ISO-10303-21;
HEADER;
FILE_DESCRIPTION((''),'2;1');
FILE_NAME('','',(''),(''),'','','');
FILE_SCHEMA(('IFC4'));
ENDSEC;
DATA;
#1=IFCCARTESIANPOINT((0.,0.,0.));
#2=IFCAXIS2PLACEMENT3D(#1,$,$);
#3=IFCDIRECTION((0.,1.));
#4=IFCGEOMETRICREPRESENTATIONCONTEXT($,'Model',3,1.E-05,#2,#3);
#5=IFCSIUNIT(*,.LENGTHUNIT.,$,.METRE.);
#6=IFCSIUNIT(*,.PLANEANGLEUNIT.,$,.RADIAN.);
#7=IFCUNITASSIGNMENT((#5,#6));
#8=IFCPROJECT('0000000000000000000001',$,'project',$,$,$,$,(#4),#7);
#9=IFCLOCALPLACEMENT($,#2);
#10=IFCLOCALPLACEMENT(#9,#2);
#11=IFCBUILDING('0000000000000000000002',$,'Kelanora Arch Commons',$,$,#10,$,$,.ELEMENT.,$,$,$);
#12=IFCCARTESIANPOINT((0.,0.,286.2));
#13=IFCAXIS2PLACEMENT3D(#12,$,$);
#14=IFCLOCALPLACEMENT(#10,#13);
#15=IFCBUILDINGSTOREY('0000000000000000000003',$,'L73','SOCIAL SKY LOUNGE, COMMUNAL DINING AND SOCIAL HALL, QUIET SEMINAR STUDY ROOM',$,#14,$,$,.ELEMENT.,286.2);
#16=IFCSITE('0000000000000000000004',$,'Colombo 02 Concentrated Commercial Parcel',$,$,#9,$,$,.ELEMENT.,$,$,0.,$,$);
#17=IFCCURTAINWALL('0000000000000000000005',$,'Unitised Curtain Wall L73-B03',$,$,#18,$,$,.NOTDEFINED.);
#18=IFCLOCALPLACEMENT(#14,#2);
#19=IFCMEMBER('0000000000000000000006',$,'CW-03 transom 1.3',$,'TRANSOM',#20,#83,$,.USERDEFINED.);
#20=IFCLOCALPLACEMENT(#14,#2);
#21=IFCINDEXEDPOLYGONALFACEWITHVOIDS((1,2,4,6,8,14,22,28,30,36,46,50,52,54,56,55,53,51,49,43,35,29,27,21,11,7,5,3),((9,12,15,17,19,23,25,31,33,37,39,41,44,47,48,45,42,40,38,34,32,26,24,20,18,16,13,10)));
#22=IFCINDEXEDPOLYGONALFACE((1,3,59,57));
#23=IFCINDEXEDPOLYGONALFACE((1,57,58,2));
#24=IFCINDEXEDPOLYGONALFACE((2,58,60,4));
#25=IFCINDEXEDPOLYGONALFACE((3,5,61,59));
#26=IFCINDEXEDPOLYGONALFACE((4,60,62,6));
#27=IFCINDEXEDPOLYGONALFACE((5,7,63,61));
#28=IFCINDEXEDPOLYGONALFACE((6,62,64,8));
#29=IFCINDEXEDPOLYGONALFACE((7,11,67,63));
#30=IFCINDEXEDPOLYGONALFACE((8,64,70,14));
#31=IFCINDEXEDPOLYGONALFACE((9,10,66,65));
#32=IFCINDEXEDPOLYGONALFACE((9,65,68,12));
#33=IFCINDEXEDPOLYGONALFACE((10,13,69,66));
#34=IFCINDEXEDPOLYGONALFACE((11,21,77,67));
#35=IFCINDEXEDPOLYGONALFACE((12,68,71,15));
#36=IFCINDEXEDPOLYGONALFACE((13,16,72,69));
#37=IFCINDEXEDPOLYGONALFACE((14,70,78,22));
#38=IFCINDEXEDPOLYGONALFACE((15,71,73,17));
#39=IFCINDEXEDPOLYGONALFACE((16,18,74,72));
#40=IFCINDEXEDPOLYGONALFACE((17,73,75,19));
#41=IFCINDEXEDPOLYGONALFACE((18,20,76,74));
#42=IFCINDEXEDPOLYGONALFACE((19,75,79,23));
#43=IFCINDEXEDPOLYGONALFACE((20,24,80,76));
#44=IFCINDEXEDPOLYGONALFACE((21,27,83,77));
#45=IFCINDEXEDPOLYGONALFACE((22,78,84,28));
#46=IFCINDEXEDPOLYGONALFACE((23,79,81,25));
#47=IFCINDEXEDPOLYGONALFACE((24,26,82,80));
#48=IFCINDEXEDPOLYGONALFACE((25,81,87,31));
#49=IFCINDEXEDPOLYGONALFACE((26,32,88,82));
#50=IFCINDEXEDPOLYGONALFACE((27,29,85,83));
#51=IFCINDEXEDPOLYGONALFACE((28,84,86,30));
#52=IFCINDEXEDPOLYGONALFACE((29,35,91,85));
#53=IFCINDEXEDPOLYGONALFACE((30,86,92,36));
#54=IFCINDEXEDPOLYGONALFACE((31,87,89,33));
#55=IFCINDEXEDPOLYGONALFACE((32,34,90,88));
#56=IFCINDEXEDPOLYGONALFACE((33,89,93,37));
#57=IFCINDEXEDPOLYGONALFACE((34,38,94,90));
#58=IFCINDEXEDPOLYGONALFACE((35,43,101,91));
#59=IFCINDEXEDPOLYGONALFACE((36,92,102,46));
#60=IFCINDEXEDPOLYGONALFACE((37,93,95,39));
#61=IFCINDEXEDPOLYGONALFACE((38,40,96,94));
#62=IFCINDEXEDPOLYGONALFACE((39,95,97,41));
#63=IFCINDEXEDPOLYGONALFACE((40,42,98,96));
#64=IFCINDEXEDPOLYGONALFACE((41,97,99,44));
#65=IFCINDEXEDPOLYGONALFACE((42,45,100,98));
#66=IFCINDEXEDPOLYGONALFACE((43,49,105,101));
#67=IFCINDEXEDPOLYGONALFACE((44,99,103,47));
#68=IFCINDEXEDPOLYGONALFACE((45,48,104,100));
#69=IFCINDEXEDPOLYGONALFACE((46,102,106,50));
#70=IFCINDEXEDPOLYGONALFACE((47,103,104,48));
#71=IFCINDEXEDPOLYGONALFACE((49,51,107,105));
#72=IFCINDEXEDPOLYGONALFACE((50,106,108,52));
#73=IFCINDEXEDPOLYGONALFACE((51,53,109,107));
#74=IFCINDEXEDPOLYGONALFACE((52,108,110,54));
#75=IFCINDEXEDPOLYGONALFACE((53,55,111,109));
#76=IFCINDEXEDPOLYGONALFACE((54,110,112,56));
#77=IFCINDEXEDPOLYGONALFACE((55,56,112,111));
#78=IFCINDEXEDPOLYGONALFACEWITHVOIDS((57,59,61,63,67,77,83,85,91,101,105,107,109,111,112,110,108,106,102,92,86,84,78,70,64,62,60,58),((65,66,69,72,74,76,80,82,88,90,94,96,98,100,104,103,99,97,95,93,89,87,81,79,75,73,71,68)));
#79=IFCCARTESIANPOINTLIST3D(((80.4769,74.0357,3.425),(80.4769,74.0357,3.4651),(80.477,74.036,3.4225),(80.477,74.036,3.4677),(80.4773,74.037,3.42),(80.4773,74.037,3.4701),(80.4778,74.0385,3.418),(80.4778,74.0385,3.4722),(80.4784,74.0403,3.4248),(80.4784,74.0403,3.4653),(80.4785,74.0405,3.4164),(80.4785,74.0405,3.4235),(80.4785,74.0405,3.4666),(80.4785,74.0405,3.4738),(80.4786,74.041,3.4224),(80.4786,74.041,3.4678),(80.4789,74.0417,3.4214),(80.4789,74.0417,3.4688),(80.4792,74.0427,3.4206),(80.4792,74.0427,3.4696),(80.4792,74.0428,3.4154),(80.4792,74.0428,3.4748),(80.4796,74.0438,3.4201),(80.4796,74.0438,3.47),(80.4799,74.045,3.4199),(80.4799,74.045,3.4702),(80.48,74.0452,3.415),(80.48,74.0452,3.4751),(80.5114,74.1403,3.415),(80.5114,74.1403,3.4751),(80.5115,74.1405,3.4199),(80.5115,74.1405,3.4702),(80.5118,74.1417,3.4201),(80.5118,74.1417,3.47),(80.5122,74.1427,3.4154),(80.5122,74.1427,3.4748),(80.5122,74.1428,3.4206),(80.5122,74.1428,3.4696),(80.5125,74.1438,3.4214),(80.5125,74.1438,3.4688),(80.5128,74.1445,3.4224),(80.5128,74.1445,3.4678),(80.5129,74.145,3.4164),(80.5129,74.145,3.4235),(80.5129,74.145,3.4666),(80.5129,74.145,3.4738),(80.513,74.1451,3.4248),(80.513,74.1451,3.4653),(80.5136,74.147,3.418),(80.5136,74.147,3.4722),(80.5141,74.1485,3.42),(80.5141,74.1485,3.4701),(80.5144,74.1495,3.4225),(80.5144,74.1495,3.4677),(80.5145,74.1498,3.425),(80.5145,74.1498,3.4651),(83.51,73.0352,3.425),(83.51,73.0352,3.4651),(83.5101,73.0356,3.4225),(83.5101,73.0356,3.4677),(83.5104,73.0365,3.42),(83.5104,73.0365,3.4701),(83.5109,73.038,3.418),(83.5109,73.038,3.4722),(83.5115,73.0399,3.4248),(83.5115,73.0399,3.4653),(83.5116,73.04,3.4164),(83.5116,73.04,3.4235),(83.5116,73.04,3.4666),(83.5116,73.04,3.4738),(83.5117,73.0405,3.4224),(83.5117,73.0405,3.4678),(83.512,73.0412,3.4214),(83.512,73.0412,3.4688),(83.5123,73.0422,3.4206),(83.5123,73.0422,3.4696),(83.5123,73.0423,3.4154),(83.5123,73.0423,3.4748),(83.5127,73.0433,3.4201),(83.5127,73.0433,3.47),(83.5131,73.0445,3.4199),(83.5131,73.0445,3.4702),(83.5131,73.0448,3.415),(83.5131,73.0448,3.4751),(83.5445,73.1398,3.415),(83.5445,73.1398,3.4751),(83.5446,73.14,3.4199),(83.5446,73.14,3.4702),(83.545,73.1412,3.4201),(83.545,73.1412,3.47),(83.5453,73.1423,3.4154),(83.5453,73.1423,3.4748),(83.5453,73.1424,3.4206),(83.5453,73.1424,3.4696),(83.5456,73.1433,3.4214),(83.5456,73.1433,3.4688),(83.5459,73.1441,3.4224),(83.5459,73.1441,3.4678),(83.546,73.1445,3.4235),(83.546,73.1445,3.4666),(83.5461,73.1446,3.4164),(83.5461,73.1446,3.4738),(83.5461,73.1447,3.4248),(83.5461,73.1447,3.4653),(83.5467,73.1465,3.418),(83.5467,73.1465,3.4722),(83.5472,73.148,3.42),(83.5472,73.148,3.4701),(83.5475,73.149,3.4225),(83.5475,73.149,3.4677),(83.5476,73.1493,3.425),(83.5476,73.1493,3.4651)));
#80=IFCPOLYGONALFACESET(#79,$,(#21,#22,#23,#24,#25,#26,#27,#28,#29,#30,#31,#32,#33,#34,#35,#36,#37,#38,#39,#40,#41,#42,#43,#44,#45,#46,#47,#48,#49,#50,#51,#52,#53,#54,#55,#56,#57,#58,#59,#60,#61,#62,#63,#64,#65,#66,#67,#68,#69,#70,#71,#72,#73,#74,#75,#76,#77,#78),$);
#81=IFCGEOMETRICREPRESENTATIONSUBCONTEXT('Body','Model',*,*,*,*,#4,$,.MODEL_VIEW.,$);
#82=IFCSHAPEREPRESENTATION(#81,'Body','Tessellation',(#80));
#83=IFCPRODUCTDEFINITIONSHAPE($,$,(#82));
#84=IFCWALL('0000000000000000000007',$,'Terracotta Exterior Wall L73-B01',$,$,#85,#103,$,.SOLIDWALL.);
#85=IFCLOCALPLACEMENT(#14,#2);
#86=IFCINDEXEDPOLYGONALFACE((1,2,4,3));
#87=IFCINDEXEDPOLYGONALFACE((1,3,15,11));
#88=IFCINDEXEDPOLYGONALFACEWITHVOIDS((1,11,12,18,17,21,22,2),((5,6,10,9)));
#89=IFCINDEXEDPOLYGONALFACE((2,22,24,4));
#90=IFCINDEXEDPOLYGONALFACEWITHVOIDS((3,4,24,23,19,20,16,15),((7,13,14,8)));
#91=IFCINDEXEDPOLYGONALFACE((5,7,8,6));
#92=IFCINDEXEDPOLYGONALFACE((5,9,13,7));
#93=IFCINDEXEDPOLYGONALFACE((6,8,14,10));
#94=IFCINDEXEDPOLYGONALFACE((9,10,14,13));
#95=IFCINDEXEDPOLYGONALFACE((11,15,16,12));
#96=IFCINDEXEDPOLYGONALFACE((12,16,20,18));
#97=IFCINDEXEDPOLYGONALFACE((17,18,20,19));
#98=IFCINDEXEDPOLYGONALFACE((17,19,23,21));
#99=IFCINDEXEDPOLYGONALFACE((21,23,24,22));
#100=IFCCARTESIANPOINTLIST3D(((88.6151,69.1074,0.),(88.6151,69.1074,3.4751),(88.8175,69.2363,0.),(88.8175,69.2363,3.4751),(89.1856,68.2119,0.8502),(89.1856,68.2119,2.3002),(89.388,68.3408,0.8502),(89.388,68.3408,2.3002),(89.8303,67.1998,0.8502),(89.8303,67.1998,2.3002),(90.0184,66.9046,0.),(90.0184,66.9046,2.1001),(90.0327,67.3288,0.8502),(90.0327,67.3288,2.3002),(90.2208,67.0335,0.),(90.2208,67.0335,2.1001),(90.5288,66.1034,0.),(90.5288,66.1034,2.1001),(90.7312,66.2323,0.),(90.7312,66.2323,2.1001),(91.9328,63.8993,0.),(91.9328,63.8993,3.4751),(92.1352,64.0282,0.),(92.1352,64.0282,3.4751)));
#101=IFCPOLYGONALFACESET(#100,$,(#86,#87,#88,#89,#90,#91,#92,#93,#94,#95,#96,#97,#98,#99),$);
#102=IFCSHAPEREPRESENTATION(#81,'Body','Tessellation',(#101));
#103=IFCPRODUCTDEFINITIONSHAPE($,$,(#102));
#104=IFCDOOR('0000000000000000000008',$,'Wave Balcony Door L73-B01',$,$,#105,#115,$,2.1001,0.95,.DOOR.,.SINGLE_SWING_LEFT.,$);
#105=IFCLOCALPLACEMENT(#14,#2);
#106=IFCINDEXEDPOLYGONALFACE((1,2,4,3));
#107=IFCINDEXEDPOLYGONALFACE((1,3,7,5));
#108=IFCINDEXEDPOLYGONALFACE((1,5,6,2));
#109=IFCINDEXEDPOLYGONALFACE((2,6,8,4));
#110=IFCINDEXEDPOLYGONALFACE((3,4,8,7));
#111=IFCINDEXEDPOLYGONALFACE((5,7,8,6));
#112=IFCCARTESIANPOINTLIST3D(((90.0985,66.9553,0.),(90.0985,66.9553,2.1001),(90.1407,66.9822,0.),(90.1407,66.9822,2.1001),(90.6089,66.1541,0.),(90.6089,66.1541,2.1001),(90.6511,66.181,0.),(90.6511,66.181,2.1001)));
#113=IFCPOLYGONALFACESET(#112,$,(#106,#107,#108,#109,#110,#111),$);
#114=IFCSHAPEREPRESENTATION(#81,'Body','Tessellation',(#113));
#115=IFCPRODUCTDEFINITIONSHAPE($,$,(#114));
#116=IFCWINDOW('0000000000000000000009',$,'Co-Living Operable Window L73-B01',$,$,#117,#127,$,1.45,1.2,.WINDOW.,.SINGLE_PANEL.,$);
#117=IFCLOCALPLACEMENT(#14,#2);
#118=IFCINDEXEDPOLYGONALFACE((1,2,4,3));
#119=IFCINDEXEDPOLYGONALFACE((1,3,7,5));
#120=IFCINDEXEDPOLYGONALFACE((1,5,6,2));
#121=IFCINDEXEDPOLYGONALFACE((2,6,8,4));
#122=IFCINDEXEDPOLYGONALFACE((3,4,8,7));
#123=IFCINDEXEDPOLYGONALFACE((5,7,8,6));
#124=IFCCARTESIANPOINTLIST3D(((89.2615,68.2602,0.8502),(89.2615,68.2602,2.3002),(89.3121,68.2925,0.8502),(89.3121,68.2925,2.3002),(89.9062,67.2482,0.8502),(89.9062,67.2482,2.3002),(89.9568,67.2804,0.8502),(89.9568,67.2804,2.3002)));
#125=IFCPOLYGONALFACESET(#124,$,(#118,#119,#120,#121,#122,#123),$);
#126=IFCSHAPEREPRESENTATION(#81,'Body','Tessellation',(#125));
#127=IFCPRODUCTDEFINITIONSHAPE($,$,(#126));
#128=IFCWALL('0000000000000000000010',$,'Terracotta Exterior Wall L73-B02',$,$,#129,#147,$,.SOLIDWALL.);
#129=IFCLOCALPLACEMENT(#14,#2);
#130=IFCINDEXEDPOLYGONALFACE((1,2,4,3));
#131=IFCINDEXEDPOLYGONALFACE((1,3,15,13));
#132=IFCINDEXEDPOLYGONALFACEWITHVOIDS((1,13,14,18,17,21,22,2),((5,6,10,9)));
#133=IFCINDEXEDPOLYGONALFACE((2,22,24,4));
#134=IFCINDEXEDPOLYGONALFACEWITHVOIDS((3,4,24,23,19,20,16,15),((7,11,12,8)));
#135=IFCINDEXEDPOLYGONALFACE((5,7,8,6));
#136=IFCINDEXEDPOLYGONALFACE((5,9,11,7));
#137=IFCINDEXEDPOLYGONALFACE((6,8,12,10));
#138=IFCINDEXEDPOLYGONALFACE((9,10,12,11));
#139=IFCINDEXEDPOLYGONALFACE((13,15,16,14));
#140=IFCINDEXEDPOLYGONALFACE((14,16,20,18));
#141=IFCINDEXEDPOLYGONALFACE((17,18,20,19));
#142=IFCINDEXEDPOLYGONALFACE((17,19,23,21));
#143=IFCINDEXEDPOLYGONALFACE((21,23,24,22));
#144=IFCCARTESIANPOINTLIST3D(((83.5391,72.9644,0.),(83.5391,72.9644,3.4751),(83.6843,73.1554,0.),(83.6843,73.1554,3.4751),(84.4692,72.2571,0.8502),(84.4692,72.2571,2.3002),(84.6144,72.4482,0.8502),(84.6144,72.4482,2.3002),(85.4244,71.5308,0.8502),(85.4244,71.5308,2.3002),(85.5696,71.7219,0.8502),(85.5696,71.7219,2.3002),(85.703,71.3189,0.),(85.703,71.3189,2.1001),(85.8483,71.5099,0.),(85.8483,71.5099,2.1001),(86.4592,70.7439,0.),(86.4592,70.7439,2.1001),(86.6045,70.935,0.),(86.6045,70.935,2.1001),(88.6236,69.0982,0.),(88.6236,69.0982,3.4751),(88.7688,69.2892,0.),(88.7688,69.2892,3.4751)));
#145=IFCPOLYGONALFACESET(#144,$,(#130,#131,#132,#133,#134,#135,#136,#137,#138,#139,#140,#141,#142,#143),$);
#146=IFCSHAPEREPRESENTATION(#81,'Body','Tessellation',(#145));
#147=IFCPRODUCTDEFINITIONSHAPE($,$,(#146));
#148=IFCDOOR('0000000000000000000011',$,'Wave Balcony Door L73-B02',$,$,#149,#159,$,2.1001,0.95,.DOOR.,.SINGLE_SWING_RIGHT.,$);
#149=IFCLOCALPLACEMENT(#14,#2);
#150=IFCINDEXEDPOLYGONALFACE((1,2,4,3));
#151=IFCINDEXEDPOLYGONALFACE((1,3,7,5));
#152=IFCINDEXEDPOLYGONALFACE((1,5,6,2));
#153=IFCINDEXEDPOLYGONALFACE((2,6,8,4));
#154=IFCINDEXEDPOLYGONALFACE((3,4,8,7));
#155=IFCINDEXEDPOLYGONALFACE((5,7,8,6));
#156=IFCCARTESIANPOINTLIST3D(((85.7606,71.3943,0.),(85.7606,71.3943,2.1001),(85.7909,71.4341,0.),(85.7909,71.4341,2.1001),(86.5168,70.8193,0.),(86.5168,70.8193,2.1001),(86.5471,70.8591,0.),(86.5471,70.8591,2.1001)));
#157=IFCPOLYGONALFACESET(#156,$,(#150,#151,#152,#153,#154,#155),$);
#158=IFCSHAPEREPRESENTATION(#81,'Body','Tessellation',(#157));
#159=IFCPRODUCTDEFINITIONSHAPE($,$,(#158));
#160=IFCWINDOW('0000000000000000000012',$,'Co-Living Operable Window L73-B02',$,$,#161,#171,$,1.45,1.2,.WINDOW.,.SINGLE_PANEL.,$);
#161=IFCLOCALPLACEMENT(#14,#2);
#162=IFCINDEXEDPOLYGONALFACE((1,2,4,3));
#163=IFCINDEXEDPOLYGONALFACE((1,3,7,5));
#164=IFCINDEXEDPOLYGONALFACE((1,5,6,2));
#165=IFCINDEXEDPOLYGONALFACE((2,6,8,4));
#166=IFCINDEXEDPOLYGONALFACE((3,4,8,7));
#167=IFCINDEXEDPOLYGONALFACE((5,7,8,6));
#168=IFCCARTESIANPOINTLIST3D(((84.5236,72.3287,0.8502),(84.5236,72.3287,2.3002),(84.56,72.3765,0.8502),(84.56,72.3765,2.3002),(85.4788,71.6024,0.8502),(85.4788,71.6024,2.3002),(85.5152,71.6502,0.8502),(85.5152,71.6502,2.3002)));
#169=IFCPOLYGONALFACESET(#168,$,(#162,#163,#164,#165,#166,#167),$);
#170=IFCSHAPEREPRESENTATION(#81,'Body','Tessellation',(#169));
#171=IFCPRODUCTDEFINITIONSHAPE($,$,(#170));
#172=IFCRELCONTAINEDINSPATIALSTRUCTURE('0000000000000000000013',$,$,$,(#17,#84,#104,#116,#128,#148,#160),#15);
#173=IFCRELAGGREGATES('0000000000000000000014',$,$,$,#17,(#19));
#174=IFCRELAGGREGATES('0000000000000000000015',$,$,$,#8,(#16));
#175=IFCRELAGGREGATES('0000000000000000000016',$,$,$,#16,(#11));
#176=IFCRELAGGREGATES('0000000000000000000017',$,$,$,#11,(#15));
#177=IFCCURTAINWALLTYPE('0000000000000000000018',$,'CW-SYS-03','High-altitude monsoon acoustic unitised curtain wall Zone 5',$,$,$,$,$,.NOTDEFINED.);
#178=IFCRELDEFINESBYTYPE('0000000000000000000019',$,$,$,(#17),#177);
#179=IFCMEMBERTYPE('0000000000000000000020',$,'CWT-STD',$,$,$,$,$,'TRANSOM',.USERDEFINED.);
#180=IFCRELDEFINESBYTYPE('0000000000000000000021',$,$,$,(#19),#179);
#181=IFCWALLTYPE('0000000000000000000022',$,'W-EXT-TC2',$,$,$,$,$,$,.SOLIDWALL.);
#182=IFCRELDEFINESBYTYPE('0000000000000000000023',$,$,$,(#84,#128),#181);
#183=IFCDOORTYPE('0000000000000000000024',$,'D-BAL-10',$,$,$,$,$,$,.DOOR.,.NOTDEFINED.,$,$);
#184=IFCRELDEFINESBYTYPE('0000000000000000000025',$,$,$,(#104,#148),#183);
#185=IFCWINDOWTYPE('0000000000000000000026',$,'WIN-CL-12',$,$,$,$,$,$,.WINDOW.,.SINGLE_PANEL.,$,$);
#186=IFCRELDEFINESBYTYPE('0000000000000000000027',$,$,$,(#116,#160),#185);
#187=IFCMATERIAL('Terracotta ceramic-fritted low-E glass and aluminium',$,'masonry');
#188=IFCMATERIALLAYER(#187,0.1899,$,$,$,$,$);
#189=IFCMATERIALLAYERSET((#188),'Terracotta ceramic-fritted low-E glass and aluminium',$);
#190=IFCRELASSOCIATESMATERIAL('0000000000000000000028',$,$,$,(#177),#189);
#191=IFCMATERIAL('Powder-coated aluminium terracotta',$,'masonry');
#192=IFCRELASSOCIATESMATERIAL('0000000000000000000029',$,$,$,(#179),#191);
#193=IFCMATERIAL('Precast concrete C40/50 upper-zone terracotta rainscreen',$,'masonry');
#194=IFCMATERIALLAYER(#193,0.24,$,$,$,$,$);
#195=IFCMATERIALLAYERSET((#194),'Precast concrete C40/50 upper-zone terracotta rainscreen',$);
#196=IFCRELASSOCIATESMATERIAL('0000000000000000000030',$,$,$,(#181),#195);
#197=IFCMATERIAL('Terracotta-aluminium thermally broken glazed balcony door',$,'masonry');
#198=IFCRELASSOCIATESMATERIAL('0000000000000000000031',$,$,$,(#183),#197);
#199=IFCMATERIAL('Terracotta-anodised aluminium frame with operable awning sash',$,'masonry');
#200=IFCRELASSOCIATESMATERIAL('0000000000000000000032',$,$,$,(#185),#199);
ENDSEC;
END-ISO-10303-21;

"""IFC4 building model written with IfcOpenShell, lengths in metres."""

from ifc_helpers import new_model, si_unit, direction, frame, frame_2d, origin, origin_2d, place, context, subcontext, project, spatial, rectangle, hollow_rectangle, extrude, material, layer, layer_set, material_profile, profile_set, type_object, element, fill, aggregate, save


model = new_model("IFC4")

# Units and contexts
model_context = context("Model", 3, precision=1e-05, world=origin(), true_north=direction((0.0, 1.0)))
body_context = subcontext(model_context, "Body", "Model", "MODEL_VIEW")
ifc_project = project(units=[si_unit("LENGTHUNIT", "METRE"), si_unit("PLANEANGLEUNIT", "RADIAN")], contexts=[model_context])

# Site, building, storey
site_placement = place(None, origin())
site = spatial("IfcSite", under=ifc_project, at=site_placement, Name="Colombo 02 Concentrated Commercial Parcel", CompositionType="ELEMENT", RefElevation=0.0)
building_placement = place(site_placement, origin())
building = spatial("IfcBuilding", under=site, at=building_placement, Name="Kelanora Arch Commons", CompositionType="ELEMENT")
storey_placement = place(building_placement, frame((0.0, 0.0, 286.2)))
storey = spatial("IfcBuildingStorey", under=building, at=storey_placement, Name="L73", Description="SOCIAL SKY LOUNGE, COMMUNAL DINING AND SOCIAL HALL, QUIET SEMINAR STUDY ROOM", CompositionType="ELEMENT", Elevation=286.2)

# Shared definitions
ifc_material_1 = material(Name="Terracotta ceramic-fritted low-E glass and aluminium", Category="masonry")
ifc_layer_1 = layer(ifc_material_1, 0.1899)
ifc_layer_set_1 = layer_set([ifc_layer_1], Name="Terracotta ceramic-fritted low-E glass and aluminium")
curtain_wall_type = type_object("IfcCurtainWallType", Name="CW-SYS-03", Description="High-altitude monsoon acoustic unitised curtain wall Zone 5", PredefinedType="NOTDEFINED", material=ifc_layer_set_1)
ifc_material_2 = material(Name="Powder-coated aluminium terracotta", Category="masonry")

# Curtain wall, member
curtain_wall_1_placement = place(storey_placement, origin())
curtain_wall_1 = element("IfcCurtainWall", 1, at=curtain_wall_1_placement, inside=storey, type_object=curtain_wall_type, Name="Unitised Curtain Wall L73-B03", PredefinedType="NOTDEFINED")
ifc_material_profile_1 = material_profile(ifc_material_2, hollow_rectangle(XDim=0.1201, YDim=0.0601, WallThickness=0.0049, InnerFilletRadius=0.0049, OuterFilletRadius=0.01, at=origin_2d()), Name="CWT120x60")
ifc_profile_set_1 = profile_set([ifc_material_profile_1], Name="Powder-coated aluminium terracotta")
member_type_1 = type_object("IfcMemberType", Name="CWT-STD", ElementType="TRANSOM", PredefinedType="USERDEFINED", material=ifc_profile_set_1)
member_1_placement = place(storey_placement, frame((83.5288, 73.0923, 3.4451), z_axis=(-0.949672, 0.313245, 0.0), x_axis=(-0.313245, -0.949672, 0.0)))
member_1 = element("IfcMember", 2, at=member_1_placement, type_object=member_type_1, Name="CW-03 transom 1.3", ObjectType="TRANSOM", PredefinedType="USERDEFINED", context=body_context, shape_type="SweptSolid", body=[
    extrude(hollow_rectangle(XDim=0.1201, YDim=0.0601, WallThickness=0.0049, InnerFilletRadius=0.0049, OuterFilletRadius=0.01, at=origin_2d()), origin(), (0.0, 0.0, 1.0), 3.1938),
])
aggregate(curtain_wall_1, [member_1])

# Walls, openings, doors, windows
ifc_material_3 = material(Name="Precast concrete C40/50 upper-zone terracotta rainscreen", Category="masonry")
ifc_layer_2 = layer(ifc_material_3, 0.24)
ifc_layer_set_2 = layer_set([ifc_layer_2], Name="Precast concrete C40/50 upper-zone terracotta rainscreen")
wall_type_1 = type_object("IfcWallType", Name="W-EXT-TC2", PredefinedType="SOLIDWALL", material=ifc_layer_set_2)
wall_1_placement = place(storey_placement, frame((92.0339, 63.9639, 0.0), z_axis=(0.0, 0.0, 1.0), x_axis=(-0.537272, 0.843409, 0.0)))
wall_1 = element("IfcWall", 3, at=wall_1_placement, inside=storey, type_object=wall_type_1, Name="Terracotta Exterior Wall L73-B01", PredefinedType="SOLIDWALL", context=body_context, shape_type="SweptSolid", body=[
    extrude(rectangle(XDim=6.175, YDim=0.24, at=frame_2d((3.0874, 0.0))), origin(), (0.0, 0.0, 1.0), 3.4751),
])
opening_1_placement = place(wall_1_placement, frame((2.613, 0.0, 0.0)))
opening_1 = element("IfcOpeningElement", 4, at=opening_1_placement, cuts=wall_1, PredefinedType="OPENING", context=body_context, shape_type="SweptSolid", body=[
    extrude(rectangle(XDim=0.95, YDim=2.1001, at=frame_2d((0.4751, 1.05))), frame((0.0, 0.1299, 0.0), z_axis=(0.0, -1.0, 0.0), x_axis=(1.0, 0.0, 0.0)), (0.0, 0.0, 1.0), 0.26),
])
opening_2_placement = place(wall_1_placement, frame((3.9131, 0.0, 0.8501)))
opening_2 = element("IfcOpeningElement", 5, at=opening_2_placement, cuts=wall_1, PredefinedType="OPENING", context=body_context, shape_type="SweptSolid", body=[
    extrude(rectangle(XDim=1.2, YDim=1.45, at=frame_2d((0.6001, 0.7251))), frame((0.0, 0.1299, 0.0), z_axis=(0.0, -1.0, 0.0), x_axis=(1.0, 0.0, 0.0)), (0.0, 0.0, 1.0), 0.26),
])
ifc_material_4 = material(Name="Terracotta-aluminium thermally broken glazed balcony door", Category="masonry")
door_type = type_object("IfcDoorType", Name="D-BAL-10", OperationType="NOTDEFINED", PredefinedType="DOOR", material=ifc_material_4)
door_1_placement = place(opening_1_placement, frame((0.95, 0.0, 0.0), z_axis=(0.0, 0.0, 1.0), x_axis=(-1.0, 0.0, 0.0)))
door_1 = element("IfcDoor", 6, at=door_1_placement, inside=storey, type_object=door_type, Name="Wave Balcony Door L73-B01", OperationType="SINGLE_SWING_LEFT", OverallHeight=2.1001, OverallWidth=0.95, PredefinedType="DOOR", context=body_context, shape_type="SweptSolid", body=[
    extrude(rectangle(XDim=0.95, YDim=2.1001, at=frame_2d((0.4751, 1.05))), frame((0.0, 0.0249, 0.0), z_axis=(0.0, -1.0, 0.0), x_axis=(1.0, 0.0, 0.0)), (0.0, 0.0, 1.0), 0.05),
])
fill(opening_1, door_1)
ifc_material_5 = material(Name="Terracotta-anodised aluminium frame with operable awning sash", Category="masonry")
window_type = type_object("IfcWindowType", Name="WIN-CL-12", PartitioningType="SINGLE_PANEL", PredefinedType="WINDOW", material=ifc_material_5)
window_1_placement = place(opening_2_placement, origin())
window_1 = element("IfcWindow", 7, at=window_1_placement, inside=storey, type_object=window_type, Name="Co-Living Operable Window L73-B01", OverallHeight=1.45, OverallWidth=1.2, PartitioningType="SINGLE_PANEL", PredefinedType="WINDOW", context=body_context, shape_type="SweptSolid", body=[
    extrude(rectangle(XDim=1.2, YDim=1.45, at=frame_2d((0.6001, 0.7251))), frame((0.0, 0.03, 0.0), z_axis=(0.0, -1.0, 0.0), x_axis=(1.0, 0.0, 0.0)), (0.0, 0.0, 1.0), 0.0601),
])
fill(opening_2, window_1)
wall_2_placement = place(storey_placement, frame((88.6963, 69.1936, 0.0), z_axis=(0.0, 0.0, 1.0), x_axis=(-0.79601, 0.605283, 0.0)))
wall_2 = element("IfcWall", 8, at=wall_2_placement, inside=storey, type_object=wall_type_1, Name="Terracotta Exterior Wall L73-B02", PredefinedType="SOLIDWALL", context=body_context, shape_type="SweptSolid", body=[
    extrude(rectangle(XDim=6.3875, YDim=0.24, at=frame_2d((3.1938, 0.0))), origin(), (0.0, 0.0, 1.0), 3.4751),
])
opening_3_placement = place(wall_2_placement, frame((2.719, 0.0, 0.0)))
opening_3 = element("IfcOpeningElement", 9, at=opening_3_placement, cuts=wall_2, PredefinedType="OPENING", context=body_context, shape_type="SweptSolid", body=[
    extrude(rectangle(XDim=0.95, YDim=2.1001, at=frame_2d((0.4751, 1.05))), frame((0.0, 0.1299, 0.0), z_axis=(0.0, -1.0, 0.0), x_axis=(1.0, 0.0, 0.0)), (0.0, 0.0, 1.0), 0.26),
])
opening_4_placement = place(wall_2_placement, frame((4.019, 0.0, 0.8501)))
opening_4 = element("IfcOpeningElement", 10, at=opening_4_placement, cuts=wall_2, PredefinedType="OPENING", context=body_context, shape_type="SweptSolid", body=[
    extrude(rectangle(XDim=1.2, YDim=1.45, at=frame_2d((0.6001, 0.7251))), frame((0.0, 0.1299, 0.0), z_axis=(0.0, -1.0, 0.0), x_axis=(1.0, 0.0, 0.0)), (0.0, 0.0, 1.0), 0.26),
])
door_2_placement = place(opening_3_placement, frame((0.95, 0.0, 0.0), z_axis=(0.0, 0.0, 1.0), x_axis=(-1.0, 0.0, 0.0)))
door_2 = element("IfcDoor", 11, at=door_2_placement, inside=storey, type_object=door_type, Name="Wave Balcony Door L73-B02", OperationType="SINGLE_SWING_RIGHT", OverallHeight=2.1001, OverallWidth=0.95, PredefinedType="DOOR", context=body_context, shape_type="SweptSolid", body=[
    extrude(rectangle(XDim=0.95, YDim=2.1001, at=frame_2d((0.4751, 1.05))), frame((0.0, 0.0249, 0.0), z_axis=(0.0, -1.0, 0.0), x_axis=(1.0, 0.0, 0.0)), (0.0, 0.0, 1.0), 0.05),
])
fill(opening_3, door_2)
window_2_placement = place(opening_4_placement, origin())
window_2 = element("IfcWindow", 12, at=window_2_placement, inside=storey, type_object=window_type, Name="Co-Living Operable Window L73-B02", OverallHeight=1.45, OverallWidth=1.2, PartitioningType="SINGLE_PANEL", PredefinedType="WINDOW", context=body_context, shape_type="SweptSolid", body=[
    extrude(rectangle(XDim=1.2, YDim=1.45, at=frame_2d((0.6001, 0.7251))), frame((0.0, 0.03, 0.0), z_axis=(0.0, -1.0, 0.0), x_axis=(1.0, 0.0, 0.0)), (0.0, 0.0, 1.0), 0.0601),
])
fill(opening_4, window_2)

save(model, "model.ifc")
